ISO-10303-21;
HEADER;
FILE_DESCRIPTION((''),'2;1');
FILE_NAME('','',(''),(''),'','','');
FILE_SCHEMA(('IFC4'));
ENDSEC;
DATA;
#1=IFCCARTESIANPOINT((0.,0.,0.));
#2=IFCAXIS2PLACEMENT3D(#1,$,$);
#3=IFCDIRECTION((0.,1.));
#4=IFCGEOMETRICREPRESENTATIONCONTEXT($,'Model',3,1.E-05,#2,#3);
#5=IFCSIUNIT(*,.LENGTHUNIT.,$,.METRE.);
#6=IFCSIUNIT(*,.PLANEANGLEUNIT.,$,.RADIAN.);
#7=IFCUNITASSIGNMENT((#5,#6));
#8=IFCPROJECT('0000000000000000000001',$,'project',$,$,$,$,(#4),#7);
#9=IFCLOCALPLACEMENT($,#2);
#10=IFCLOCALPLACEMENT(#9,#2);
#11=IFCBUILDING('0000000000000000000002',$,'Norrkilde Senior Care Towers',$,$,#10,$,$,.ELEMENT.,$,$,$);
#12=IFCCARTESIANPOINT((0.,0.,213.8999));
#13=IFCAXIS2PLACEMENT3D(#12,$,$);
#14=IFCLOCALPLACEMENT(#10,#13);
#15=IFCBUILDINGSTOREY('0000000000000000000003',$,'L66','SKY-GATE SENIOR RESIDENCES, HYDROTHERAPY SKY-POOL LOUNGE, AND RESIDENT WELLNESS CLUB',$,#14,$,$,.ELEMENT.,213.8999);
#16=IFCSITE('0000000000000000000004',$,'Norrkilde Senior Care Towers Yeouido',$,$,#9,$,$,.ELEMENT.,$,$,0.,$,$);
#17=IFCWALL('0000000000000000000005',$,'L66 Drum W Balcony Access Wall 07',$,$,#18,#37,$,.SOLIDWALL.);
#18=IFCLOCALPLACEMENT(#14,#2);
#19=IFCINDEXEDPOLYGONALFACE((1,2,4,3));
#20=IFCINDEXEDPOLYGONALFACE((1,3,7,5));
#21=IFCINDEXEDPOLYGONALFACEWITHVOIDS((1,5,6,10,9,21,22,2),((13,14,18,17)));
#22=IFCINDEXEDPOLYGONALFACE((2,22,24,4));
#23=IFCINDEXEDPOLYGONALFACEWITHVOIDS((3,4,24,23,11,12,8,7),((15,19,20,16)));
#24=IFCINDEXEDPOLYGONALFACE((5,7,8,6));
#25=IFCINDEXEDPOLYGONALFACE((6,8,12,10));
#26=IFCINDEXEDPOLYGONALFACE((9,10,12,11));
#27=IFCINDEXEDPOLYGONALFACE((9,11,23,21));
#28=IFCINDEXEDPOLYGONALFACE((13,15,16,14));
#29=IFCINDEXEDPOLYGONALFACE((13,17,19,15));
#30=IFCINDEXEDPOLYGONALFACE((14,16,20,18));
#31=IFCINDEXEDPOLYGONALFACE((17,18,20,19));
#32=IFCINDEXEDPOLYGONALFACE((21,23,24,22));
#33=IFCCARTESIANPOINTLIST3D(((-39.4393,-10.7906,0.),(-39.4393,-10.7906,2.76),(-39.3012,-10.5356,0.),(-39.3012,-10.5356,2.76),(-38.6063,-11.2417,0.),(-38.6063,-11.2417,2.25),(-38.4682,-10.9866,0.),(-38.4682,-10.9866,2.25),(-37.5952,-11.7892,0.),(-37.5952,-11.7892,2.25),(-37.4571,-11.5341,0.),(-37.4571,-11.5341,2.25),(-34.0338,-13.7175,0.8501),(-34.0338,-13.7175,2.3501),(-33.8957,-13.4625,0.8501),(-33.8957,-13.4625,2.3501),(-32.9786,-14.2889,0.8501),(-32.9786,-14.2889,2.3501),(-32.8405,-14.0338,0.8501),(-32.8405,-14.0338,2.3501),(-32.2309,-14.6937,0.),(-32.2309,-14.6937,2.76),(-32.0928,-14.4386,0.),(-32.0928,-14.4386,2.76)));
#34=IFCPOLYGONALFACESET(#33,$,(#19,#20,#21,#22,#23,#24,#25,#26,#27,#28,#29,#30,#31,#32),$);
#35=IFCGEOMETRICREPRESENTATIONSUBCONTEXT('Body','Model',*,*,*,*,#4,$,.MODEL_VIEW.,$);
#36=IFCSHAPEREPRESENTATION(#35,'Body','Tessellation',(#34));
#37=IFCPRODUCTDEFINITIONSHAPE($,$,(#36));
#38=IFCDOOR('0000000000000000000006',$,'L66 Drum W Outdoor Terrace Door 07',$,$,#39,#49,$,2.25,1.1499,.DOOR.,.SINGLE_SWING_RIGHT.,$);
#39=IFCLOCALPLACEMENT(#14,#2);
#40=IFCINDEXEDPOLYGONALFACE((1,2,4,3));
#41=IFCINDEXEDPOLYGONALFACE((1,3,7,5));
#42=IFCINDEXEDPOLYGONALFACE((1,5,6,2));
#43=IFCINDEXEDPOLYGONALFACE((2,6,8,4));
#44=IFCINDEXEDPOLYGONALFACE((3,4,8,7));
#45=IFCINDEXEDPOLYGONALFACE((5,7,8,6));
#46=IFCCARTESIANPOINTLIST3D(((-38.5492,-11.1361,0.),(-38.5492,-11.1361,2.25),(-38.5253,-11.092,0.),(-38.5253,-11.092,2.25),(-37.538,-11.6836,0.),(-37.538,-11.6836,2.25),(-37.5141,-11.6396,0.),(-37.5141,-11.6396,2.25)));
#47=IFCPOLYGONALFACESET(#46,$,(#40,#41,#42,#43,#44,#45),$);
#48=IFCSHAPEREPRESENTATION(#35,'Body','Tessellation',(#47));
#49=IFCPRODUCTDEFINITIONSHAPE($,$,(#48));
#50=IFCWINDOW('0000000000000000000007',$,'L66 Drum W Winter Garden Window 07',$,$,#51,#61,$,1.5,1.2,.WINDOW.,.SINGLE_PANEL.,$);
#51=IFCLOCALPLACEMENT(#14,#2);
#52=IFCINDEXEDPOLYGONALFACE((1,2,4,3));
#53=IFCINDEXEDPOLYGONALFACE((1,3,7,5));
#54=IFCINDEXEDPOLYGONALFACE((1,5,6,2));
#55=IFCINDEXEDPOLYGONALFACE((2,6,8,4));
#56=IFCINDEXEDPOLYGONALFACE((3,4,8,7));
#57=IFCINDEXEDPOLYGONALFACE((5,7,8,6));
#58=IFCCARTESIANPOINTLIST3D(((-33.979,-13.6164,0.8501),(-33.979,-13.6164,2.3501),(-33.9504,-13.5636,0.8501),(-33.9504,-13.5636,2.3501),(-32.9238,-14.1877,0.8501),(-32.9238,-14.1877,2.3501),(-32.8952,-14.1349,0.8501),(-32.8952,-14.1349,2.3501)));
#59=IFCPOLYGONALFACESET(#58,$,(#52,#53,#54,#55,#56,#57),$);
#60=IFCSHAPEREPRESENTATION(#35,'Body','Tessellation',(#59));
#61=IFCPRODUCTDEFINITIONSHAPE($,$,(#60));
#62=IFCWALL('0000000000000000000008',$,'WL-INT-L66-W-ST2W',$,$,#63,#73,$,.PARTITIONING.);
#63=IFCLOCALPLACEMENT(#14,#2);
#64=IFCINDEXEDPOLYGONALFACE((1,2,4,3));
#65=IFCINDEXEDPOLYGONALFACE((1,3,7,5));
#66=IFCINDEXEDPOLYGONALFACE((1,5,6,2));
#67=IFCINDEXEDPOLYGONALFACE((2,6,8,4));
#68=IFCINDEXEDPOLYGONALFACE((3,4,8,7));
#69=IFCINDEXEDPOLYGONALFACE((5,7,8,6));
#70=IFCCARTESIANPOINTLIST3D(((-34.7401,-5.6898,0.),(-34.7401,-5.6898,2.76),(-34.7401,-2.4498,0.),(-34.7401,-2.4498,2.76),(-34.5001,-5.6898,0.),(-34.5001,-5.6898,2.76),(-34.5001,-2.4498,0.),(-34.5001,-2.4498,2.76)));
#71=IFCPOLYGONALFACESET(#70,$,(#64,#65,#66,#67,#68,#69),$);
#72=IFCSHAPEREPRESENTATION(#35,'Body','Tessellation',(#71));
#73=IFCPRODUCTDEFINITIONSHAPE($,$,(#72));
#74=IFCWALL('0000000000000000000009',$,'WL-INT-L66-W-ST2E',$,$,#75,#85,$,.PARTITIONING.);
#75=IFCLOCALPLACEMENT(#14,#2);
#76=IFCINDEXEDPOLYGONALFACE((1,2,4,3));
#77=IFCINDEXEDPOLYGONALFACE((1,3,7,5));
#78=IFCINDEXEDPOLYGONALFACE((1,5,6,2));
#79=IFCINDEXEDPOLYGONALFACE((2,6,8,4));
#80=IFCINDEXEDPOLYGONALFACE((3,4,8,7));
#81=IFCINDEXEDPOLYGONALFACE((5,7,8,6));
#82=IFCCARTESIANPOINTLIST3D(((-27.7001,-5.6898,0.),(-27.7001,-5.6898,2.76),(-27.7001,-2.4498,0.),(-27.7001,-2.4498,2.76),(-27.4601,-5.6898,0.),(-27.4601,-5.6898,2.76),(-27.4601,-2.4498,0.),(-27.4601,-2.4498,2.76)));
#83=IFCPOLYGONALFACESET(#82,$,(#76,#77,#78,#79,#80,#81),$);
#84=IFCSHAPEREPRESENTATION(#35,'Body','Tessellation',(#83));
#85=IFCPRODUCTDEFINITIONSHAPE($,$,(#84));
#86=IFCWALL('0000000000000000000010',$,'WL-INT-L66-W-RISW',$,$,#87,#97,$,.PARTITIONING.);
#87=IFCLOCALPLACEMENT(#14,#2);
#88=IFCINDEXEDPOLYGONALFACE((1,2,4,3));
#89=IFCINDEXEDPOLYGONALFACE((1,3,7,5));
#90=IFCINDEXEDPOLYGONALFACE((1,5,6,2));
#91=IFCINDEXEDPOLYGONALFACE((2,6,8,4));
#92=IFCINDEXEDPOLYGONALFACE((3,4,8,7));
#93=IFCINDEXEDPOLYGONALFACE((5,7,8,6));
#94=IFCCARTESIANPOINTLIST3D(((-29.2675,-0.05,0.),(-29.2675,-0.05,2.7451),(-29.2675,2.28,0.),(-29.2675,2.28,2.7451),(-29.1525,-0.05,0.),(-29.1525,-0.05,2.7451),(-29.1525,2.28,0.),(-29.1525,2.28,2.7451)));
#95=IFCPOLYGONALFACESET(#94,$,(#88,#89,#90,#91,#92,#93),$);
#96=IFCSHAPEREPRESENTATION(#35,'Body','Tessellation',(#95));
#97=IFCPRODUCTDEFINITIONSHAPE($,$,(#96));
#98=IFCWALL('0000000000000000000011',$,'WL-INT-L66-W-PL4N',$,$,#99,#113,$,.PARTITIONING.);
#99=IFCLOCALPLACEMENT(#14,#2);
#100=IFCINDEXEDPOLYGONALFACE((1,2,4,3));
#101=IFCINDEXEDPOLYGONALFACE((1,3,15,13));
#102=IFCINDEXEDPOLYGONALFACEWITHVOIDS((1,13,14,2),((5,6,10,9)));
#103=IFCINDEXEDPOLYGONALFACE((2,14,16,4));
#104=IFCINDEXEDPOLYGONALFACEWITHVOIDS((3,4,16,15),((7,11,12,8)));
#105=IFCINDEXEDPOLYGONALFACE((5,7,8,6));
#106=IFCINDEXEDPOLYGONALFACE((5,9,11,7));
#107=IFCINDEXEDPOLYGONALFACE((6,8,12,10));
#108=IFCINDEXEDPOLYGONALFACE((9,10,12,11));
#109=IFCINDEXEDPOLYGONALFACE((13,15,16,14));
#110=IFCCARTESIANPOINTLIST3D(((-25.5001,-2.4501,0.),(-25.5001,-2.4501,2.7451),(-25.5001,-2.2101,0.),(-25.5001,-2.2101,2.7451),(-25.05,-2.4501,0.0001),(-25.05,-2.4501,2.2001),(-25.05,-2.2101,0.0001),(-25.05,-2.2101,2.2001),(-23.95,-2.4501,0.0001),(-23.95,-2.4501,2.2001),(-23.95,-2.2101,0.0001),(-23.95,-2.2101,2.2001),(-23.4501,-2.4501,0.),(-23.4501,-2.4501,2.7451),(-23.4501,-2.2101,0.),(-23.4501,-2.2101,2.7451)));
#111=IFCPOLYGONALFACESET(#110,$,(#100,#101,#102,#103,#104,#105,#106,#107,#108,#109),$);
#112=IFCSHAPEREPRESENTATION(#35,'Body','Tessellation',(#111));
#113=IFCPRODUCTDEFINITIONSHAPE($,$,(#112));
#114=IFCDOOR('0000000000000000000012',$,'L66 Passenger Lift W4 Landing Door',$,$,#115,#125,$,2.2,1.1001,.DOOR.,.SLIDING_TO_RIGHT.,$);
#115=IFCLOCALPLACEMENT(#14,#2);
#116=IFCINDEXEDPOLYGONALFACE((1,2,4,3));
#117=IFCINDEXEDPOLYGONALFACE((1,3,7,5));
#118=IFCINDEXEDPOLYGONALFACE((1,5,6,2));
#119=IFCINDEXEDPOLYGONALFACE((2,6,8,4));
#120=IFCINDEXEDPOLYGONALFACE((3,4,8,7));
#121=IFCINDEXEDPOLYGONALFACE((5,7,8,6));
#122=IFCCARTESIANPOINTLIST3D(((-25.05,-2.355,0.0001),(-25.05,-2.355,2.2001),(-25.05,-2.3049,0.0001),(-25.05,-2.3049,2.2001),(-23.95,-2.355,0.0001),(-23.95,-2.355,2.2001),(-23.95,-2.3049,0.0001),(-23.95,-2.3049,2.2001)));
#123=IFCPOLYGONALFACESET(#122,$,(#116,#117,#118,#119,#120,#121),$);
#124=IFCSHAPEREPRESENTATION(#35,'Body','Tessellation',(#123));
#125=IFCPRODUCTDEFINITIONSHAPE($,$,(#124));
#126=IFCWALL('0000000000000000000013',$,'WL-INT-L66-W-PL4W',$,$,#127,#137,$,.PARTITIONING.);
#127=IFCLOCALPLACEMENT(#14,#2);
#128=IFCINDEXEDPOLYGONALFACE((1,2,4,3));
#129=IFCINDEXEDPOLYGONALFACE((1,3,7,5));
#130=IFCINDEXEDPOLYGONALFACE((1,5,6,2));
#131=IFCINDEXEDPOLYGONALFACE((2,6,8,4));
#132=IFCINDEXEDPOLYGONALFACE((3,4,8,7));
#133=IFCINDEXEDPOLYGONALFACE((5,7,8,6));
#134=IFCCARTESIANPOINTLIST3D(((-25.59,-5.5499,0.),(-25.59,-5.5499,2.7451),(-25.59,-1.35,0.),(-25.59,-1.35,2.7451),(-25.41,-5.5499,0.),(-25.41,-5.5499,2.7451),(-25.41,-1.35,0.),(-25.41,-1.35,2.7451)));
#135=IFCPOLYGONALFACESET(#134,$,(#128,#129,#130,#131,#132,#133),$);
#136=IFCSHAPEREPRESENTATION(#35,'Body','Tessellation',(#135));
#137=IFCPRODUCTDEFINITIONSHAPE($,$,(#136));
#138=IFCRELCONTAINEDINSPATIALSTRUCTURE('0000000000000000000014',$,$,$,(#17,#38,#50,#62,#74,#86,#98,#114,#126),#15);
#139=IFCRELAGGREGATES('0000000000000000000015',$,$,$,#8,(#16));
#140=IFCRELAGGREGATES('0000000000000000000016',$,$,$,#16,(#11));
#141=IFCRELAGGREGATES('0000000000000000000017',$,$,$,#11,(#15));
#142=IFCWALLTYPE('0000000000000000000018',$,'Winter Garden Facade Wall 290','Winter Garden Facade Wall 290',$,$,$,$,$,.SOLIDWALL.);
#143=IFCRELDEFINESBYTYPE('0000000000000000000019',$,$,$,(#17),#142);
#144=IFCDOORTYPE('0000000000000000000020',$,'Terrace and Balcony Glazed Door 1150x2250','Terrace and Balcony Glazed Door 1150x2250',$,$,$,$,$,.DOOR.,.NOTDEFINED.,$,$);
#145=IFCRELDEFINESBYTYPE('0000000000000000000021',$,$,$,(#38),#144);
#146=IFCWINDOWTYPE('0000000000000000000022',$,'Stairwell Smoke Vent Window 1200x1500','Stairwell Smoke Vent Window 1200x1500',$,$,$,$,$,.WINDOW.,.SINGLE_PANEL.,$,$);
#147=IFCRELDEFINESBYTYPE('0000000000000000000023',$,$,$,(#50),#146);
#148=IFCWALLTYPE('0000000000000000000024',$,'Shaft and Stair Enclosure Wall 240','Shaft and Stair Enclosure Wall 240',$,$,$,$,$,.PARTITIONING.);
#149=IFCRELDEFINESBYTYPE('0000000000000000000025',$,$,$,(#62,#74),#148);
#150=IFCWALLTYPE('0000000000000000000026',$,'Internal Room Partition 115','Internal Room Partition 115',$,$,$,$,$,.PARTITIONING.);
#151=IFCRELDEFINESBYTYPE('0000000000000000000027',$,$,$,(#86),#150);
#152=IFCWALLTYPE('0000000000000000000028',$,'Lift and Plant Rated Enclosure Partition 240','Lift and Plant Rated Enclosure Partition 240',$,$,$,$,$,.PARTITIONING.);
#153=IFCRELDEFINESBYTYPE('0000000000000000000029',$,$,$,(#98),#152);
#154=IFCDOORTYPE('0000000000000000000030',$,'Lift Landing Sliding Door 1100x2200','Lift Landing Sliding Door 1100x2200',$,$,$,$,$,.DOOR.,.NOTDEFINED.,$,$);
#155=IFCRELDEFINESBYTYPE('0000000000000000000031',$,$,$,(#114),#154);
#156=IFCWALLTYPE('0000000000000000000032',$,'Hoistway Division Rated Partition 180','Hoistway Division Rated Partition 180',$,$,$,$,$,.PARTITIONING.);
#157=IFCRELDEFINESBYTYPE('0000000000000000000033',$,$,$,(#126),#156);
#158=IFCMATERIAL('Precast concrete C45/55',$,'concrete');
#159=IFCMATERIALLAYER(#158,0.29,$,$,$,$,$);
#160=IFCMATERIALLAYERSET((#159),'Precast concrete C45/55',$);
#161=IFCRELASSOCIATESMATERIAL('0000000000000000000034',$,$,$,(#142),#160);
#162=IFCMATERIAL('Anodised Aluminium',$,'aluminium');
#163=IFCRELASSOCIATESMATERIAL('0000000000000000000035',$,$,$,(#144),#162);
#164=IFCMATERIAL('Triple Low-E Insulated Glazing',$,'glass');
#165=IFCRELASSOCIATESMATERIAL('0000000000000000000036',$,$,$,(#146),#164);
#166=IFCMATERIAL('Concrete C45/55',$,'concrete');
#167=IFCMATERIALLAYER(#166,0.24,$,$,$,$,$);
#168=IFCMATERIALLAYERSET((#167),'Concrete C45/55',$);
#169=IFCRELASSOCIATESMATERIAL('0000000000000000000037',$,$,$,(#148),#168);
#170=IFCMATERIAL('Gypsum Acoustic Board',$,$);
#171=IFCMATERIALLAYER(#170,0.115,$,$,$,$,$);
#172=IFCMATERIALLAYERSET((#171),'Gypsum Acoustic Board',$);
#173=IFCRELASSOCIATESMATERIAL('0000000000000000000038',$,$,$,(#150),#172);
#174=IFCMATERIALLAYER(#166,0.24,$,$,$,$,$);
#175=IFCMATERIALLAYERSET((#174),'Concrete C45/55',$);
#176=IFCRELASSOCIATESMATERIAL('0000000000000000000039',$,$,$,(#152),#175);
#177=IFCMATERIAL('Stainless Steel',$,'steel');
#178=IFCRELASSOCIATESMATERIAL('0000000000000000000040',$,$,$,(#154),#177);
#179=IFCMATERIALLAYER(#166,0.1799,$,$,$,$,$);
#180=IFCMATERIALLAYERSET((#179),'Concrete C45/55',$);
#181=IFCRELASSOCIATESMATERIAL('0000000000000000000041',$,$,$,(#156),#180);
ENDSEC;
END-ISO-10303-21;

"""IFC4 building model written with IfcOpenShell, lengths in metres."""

from ifc_helpers import new_model, si_unit, direction, frame, frame_2d, origin, place, context, subcontext, project, spatial, rectangle, extrude, source, transform, mapped, material, layer, layer_set, type_object, type_shapes, element, fill, save


model = new_model("IFC4")

# Units and contexts
model_context = context("Model", 3, precision=1e-05, world=origin(), true_north=direction((0.0, 1.0)))
body_context = subcontext(model_context, "Body", "Model", "MODEL_VIEW")
ifc_project = project(units=[si_unit("LENGTHUNIT", "METRE"), si_unit("PLANEANGLEUNIT", "RADIAN")], contexts=[model_context])

# Site, building, storey
site_placement = place(None, origin())
site = spatial("IfcSite", under=ifc_project, at=site_placement, Name="Norrkilde Senior Care Towers Yeouido", CompositionType="ELEMENT", RefElevation=0.0)
building_placement = place(site_placement, origin())
building = spatial("IfcBuilding", under=site, at=building_placement, Name="Norrkilde Senior Care Towers", CompositionType="ELEMENT")
storey_placement = place(building_placement, frame((0.0, 0.0, 213.8999)))
storey = spatial("IfcBuildingStorey", under=building, at=storey_placement, Name="L66", Description="SKY-GATE SENIOR RESIDENCES, HYDROTHERAPY SKY-POOL LOUNGE, AND RESIDENT WELLNESS CLUB", CompositionType="ELEMENT", Elevation=213.8999)

# Shared definitions
ifc_material_1 = material(Name="Triple Low-E Insulated Glazing", Category="glass")
ifc_material_2 = material(Name="Anodised Aluminium", Category="aluminium")

# Wall, openings, door, window
ifc_material_3 = material(Name="Precast concrete C45/55", Category="concrete")
ifc_layer_1 = layer(ifc_material_3, 0.29)
ifc_layer_set_1 = layer_set([ifc_layer_1], Name="Precast concrete C45/55")
wall_type_1 = type_object("IfcWallType", Name="Winter Garden Facade Wall 290", Description="Winter Garden Facade Wall 290", PredefinedType="SOLIDWALL", material=ifc_layer_set_1)
shared_shape_1 = source(origin(), body_context, "Body", "SweptSolid", [
    extrude(rectangle(XDim=8.1973, YDim=0.29, at=frame_2d((4.0986, 0.0))), origin(), (0.0, 0.0, 1.0), 2.76),
])
type_shapes(wall_type_1, [shared_shape_1])
wall_1_placement = place(storey_placement, frame((-32.1619, -14.5662, 0.0), z_axis=(0.0, 0.0, 1.0), x_axis=(-0.87937, 0.476139, 0.0)))
wall_1 = element("IfcWall", 1, at=wall_1_placement, inside=storey, type_object=wall_type_1, Name="L66 Drum W Balcony Access Wall 07", PredefinedType="SOLIDWALL", context=body_context, shape_type="MappedRepresentation", body=[
    mapped(shared_shape_1, transform((0.0, 0.0, 0.0), x_axis=(1.0, 0.0, 0.0), y_axis=(0.0, 1.0, 0.0), z_axis=(0.0, 0.0, 1.0), scale=1.0)),
])
opening_1_placement = place(wall_1_placement, frame((6.1001, 0.0, 0.0)))
opening_1 = element("IfcOpeningElement", 2, at=opening_1_placement, cuts=wall_1, PredefinedType="OPENING", context=body_context, shape_type="SweptSolid", body=[
    extrude(rectangle(XDim=1.1499, YDim=2.25, at=frame_2d((0.575, 1.125))), frame((0.0, 0.155, 0.0), z_axis=(0.0, -1.0, 0.0), x_axis=(1.0, 0.0, 0.0)), (0.0, 0.0, 1.0), 0.3101),
])
opening_2_placement = place(wall_1_placement, frame((0.8501, 0.0, 0.8501)))
opening_2 = element("IfcOpeningElement", 3, at=opening_2_placement, cuts=wall_1, PredefinedType="OPENING", context=body_context, shape_type="SweptSolid", body=[
    extrude(rectangle(XDim=1.2, YDim=1.5, at=frame_2d((0.6001, 0.75))), frame((0.0, 0.155, 0.0), z_axis=(0.0, -1.0, 0.0), x_axis=(1.0, 0.0, 0.0)), (0.0, 0.0, 1.0), 0.3101),
])
door_type_1 = type_object("IfcDoorType", Name="Terrace and Balcony Glazed Door 1150x2250", Description="Terrace and Balcony Glazed Door 1150x2250", OperationType="NOTDEFINED", PredefinedType="DOOR", material=ifc_material_2)
shared_shape_2 = source(origin(), body_context, "Body", "SweptSolid", [
    extrude(rectangle(XDim=1.1499, YDim=2.25, at=frame_2d((0.575, 1.125))), frame((0.0, 0.0249, 0.0), z_axis=(0.0, -1.0, 0.0), x_axis=(1.0, 0.0, 0.0)), (0.0, 0.0, 1.0), 0.05),
])
type_shapes(door_type_1, [shared_shape_2])
door_1_placement = place(opening_1_placement, origin())
door_1 = element("IfcDoor", 4, at=door_1_placement, inside=storey, type_object=door_type_1, Name="L66 Drum W Outdoor Terrace Door 07", OperationType="SINGLE_SWING_RIGHT", OverallHeight=2.25, OverallWidth=1.1499, PredefinedType="DOOR", context=body_context, shape_type="MappedRepresentation", body=[
    mapped(shared_shape_2, transform((0.0, 0.0, 0.0), x_axis=(1.0, 0.0, 0.0), y_axis=(0.0, 1.0, 0.0), z_axis=(0.0, 0.0, 1.0), scale=1.0)),
])
fill(opening_1, door_1)
window_type = type_object("IfcWindowType", Name="Stairwell Smoke Vent Window 1200x1500", Description="Stairwell Smoke Vent Window 1200x1500", PartitioningType="SINGLE_PANEL", PredefinedType="WINDOW", material=ifc_material_1)
shared_shape_3 = source(origin(), body_context, "Body", "SweptSolid", [
    extrude(rectangle(XDim=1.2, YDim=1.5, at=frame_2d((0.6001, 0.75))), frame((0.0, 0.03, 0.0), z_axis=(0.0, -1.0, 0.0), x_axis=(1.0, 0.0, 0.0)), (0.0, 0.0, 1.0), 0.0601),
])
type_shapes(window_type, [shared_shape_3])
window_placement = place(opening_2_placement, origin())
window = element("IfcWindow", 5, at=window_placement, inside=storey, type_object=window_type, Name="L66 Drum W Winter Garden Window 07", OverallHeight=1.5, OverallWidth=1.2, PartitioningType="SINGLE_PANEL", PredefinedType="WINDOW", context=body_context, shape_type="MappedRepresentation", body=[
    mapped(shared_shape_3, transform((0.0, 0.0, 0.0), x_axis=(1.0, 0.0, 0.0), y_axis=(0.0, 1.0, 0.0), z_axis=(0.0, 0.0, 1.0), scale=1.0)),
])
fill(opening_2, window)

# Walls
ifc_material_4 = material(Name="Concrete C45/55", Category="concrete")
ifc_layer_2 = layer(ifc_material_4, 0.24)
ifc_layer_set_2 = layer_set([ifc_layer_2], Name="Concrete C45/55")
wall_type_2 = type_object("IfcWallType", Name="Shaft and Stair Enclosure Wall 240", Description="Shaft and Stair Enclosure Wall 240", PredefinedType="PARTITIONING", material=ifc_layer_set_2)
shared_shape_4 = source(origin(), body_context, "Body", "SweptSolid", [
    extrude(rectangle(XDim=3.24, YDim=0.24, at=frame_2d((1.6201, 0.0))), origin(), (0.0, 0.0, 1.0), 2.76),
])
type_shapes(wall_type_2, [shared_shape_4])
for number, where, z_axis, x_axis, name in (
    (6, (-34.6201, -5.6899, 0.0), (0.0, 0.0, 1.0), (0.0, 1.0, 0.0), "WL-INT-L66-W-ST2W"),
    (7, (-27.5801, -5.6899, 0.0), (0.0, 0.0, 1.0), (0.0, 1.0, 0.0), "WL-INT-L66-W-ST2E"),
):
    element("IfcWall", number, at=place(storey_placement, frame(where, z_axis=z_axis, x_axis=x_axis)), inside=storey, type_object=wall_type_2, Name=name, PredefinedType="PARTITIONING", context=body_context, shape_type="MappedRepresentation", body=[
        mapped(shared_shape_4, transform((0.0, 0.0, 0.0), x_axis=(1.0, 0.0, 0.0), y_axis=(0.0, 1.0, 0.0), z_axis=(0.0, 0.0, 1.0), scale=1.0)),
    ])
ifc_material_5 = material(Name="Gypsum Acoustic Board")
ifc_layer_3 = layer(ifc_material_5, 0.115)
ifc_layer_set_3 = layer_set([ifc_layer_3], Name="Gypsum Acoustic Board")
wall_type_3 = type_object("IfcWallType", Name="Internal Room Partition 115", Description="Internal Room Partition 115", PredefinedType="PARTITIONING", material=ifc_layer_set_3)
shared_shape_5 = source(origin(), body_context, "Body", "SweptSolid", [
    extrude(rectangle(XDim=2.3301, YDim=0.115, at=frame_2d((1.165, 0.0))), origin(), (0.0, 0.0, 1.0), 2.7451),
])
type_shapes(wall_type_3, [shared_shape_5])
wall_2_placement = place(storey_placement, frame((-29.21, -0.05, 0.0), z_axis=(0.0, 0.0, 1.0), x_axis=(0.0, 1.0, 0.0)))
element("IfcWall", 8, at=wall_2_placement, inside=storey, type_object=wall_type_3, Name="WL-INT-L66-W-RISW", PredefinedType="PARTITIONING", context=body_context, shape_type="MappedRepresentation", body=[
    mapped(shared_shape_5, transform((0.0, 0.0, 0.0), x_axis=(1.0, 0.0, 0.0), y_axis=(0.0, 1.0, 0.0), z_axis=(0.0, 0.0, 1.0), scale=1.0)),
])

# Wall, opening, door
ifc_layer_4 = layer(ifc_material_4, 0.24)
ifc_layer_set_4 = layer_set([ifc_layer_4], Name="Concrete C45/55")
wall_type_4 = type_object("IfcWallType", Name="Lift and Plant Rated Enclosure Partition 240", Description="Lift and Plant Rated Enclosure Partition 240", PredefinedType="PARTITIONING", material=ifc_layer_set_4)
shared_shape_6 = source(origin(), body_context, "Body", "SweptSolid", [
    extrude(rectangle(XDim=2.05, YDim=0.24, at=frame_2d((1.0249, 0.0))), origin(), (0.0, 0.0, 1.0), 2.7451),
])
type_shapes(wall_type_4, [shared_shape_6])
wall_3_placement = place(storey_placement, frame((-25.5, -2.3301, 0.0), z_axis=(0.0, 0.0, 1.0), x_axis=(1.0, 0.0, 0.0)))
wall_3 = element("IfcWall", 9, at=wall_3_placement, inside=storey, type_object=wall_type_4, Name="WL-INT-L66-W-PL4N", PredefinedType="PARTITIONING", context=body_context, shape_type="MappedRepresentation", body=[
    mapped(shared_shape_6, transform((0.0, 0.0, 0.0), x_axis=(1.0, 0.0, 0.0), y_axis=(0.0, 1.0, 0.0), z_axis=(0.0, 0.0, 1.0), scale=1.0)),
])
opening_3_placement = place(wall_3_placement, frame((0.45, 0.0, 0.0)))
opening_3 = element("IfcOpeningElement", 10, at=opening_3_placement, cuts=wall_3, PredefinedType="OPENING", context=body_context, shape_type="SweptSolid", body=[
    extrude(rectangle(XDim=1.1001, YDim=2.2, at=frame_2d((0.55, 1.1001))), frame((0.0, 0.1299, 0.0), z_axis=(0.0, -1.0, 0.0), x_axis=(1.0, 0.0, 0.0)), (0.0, 0.0, 1.0), 0.26),
])
ifc_material_6 = material(Name="Stainless Steel", Category="steel")
door_type_2 = type_object("IfcDoorType", Name="Lift Landing Sliding Door 1100x2200", Description="Lift Landing Sliding Door 1100x2200", OperationType="NOTDEFINED", PredefinedType="DOOR", material=ifc_material_6)
shared_shape_7 = source(origin(), body_context, "Body", "SweptSolid", [
    extrude(rectangle(XDim=1.1001, YDim=2.2, at=frame_2d((0.55, 1.1001))), frame((0.0, 0.0249, 0.0), z_axis=(0.0, -1.0, 0.0), x_axis=(1.0, 0.0, 0.0)), (0.0, 0.0, 1.0), 0.05),
])
type_shapes(door_type_2, [shared_shape_7])
door_2_placement = place(opening_3_placement, frame((1.1001, 0.0, 0.0), z_axis=(0.0, 0.0, 1.0), x_axis=(-1.0, 0.0, 0.0)))
door_2 = element("IfcDoor", 11, at=door_2_placement, inside=storey, type_object=door_type_2, Name="L66 Passenger Lift W4 Landing Door", OperationType="SLIDING_TO_RIGHT", OverallHeight=2.2, OverallWidth=1.1001, PredefinedType="DOOR", context=body_context, shape_type="MappedRepresentation", body=[
    mapped(shared_shape_7, transform((0.0, 0.0, 0.0), x_axis=(1.0, 0.0, 0.0), y_axis=(0.0, 1.0, 0.0), z_axis=(0.0, 0.0, 1.0), scale=1.0)),
])
fill(opening_3, door_2)

# Wall
ifc_layer_5 = layer(ifc_material_4, 0.1799)
ifc_layer_set_5 = layer_set([ifc_layer_5], Name="Concrete C45/55")
wall_type_5 = type_object("IfcWallType", Name="Hoistway Division Rated Partition 180", Description="Hoistway Division Rated Partition 180", PredefinedType="PARTITIONING", material=ifc_layer_set_5)
shared_shape_8 = source(origin(), body_context, "Body", "SweptSolid", [
    extrude(rectangle(XDim=4.2, YDim=0.1799, at=frame_2d((2.1001, 0.0))), origin(), (0.0, 0.0, 1.0), 2.7451),
])
type_shapes(wall_type_5, [shared_shape_8])
wall_4_placement = place(storey_placement, frame((-25.5, -5.55, 0.0), z_axis=(0.0, 0.0, 1.0), x_axis=(0.0, 1.0, 0.0)))
element("IfcWall", 12, at=wall_4_placement, inside=storey, type_object=wall_type_5, Name="WL-INT-L66-W-PL4W", PredefinedType="PARTITIONING", context=body_context, shape_type="MappedRepresentation", body=[
    mapped(shared_shape_8, transform((0.0, 0.0, 0.0), x_axis=(1.0, 0.0, 0.0), y_axis=(0.0, 1.0, 0.0), z_axis=(0.0, 0.0, 1.0), scale=1.0)),
])

save(model, "model.ifc")
